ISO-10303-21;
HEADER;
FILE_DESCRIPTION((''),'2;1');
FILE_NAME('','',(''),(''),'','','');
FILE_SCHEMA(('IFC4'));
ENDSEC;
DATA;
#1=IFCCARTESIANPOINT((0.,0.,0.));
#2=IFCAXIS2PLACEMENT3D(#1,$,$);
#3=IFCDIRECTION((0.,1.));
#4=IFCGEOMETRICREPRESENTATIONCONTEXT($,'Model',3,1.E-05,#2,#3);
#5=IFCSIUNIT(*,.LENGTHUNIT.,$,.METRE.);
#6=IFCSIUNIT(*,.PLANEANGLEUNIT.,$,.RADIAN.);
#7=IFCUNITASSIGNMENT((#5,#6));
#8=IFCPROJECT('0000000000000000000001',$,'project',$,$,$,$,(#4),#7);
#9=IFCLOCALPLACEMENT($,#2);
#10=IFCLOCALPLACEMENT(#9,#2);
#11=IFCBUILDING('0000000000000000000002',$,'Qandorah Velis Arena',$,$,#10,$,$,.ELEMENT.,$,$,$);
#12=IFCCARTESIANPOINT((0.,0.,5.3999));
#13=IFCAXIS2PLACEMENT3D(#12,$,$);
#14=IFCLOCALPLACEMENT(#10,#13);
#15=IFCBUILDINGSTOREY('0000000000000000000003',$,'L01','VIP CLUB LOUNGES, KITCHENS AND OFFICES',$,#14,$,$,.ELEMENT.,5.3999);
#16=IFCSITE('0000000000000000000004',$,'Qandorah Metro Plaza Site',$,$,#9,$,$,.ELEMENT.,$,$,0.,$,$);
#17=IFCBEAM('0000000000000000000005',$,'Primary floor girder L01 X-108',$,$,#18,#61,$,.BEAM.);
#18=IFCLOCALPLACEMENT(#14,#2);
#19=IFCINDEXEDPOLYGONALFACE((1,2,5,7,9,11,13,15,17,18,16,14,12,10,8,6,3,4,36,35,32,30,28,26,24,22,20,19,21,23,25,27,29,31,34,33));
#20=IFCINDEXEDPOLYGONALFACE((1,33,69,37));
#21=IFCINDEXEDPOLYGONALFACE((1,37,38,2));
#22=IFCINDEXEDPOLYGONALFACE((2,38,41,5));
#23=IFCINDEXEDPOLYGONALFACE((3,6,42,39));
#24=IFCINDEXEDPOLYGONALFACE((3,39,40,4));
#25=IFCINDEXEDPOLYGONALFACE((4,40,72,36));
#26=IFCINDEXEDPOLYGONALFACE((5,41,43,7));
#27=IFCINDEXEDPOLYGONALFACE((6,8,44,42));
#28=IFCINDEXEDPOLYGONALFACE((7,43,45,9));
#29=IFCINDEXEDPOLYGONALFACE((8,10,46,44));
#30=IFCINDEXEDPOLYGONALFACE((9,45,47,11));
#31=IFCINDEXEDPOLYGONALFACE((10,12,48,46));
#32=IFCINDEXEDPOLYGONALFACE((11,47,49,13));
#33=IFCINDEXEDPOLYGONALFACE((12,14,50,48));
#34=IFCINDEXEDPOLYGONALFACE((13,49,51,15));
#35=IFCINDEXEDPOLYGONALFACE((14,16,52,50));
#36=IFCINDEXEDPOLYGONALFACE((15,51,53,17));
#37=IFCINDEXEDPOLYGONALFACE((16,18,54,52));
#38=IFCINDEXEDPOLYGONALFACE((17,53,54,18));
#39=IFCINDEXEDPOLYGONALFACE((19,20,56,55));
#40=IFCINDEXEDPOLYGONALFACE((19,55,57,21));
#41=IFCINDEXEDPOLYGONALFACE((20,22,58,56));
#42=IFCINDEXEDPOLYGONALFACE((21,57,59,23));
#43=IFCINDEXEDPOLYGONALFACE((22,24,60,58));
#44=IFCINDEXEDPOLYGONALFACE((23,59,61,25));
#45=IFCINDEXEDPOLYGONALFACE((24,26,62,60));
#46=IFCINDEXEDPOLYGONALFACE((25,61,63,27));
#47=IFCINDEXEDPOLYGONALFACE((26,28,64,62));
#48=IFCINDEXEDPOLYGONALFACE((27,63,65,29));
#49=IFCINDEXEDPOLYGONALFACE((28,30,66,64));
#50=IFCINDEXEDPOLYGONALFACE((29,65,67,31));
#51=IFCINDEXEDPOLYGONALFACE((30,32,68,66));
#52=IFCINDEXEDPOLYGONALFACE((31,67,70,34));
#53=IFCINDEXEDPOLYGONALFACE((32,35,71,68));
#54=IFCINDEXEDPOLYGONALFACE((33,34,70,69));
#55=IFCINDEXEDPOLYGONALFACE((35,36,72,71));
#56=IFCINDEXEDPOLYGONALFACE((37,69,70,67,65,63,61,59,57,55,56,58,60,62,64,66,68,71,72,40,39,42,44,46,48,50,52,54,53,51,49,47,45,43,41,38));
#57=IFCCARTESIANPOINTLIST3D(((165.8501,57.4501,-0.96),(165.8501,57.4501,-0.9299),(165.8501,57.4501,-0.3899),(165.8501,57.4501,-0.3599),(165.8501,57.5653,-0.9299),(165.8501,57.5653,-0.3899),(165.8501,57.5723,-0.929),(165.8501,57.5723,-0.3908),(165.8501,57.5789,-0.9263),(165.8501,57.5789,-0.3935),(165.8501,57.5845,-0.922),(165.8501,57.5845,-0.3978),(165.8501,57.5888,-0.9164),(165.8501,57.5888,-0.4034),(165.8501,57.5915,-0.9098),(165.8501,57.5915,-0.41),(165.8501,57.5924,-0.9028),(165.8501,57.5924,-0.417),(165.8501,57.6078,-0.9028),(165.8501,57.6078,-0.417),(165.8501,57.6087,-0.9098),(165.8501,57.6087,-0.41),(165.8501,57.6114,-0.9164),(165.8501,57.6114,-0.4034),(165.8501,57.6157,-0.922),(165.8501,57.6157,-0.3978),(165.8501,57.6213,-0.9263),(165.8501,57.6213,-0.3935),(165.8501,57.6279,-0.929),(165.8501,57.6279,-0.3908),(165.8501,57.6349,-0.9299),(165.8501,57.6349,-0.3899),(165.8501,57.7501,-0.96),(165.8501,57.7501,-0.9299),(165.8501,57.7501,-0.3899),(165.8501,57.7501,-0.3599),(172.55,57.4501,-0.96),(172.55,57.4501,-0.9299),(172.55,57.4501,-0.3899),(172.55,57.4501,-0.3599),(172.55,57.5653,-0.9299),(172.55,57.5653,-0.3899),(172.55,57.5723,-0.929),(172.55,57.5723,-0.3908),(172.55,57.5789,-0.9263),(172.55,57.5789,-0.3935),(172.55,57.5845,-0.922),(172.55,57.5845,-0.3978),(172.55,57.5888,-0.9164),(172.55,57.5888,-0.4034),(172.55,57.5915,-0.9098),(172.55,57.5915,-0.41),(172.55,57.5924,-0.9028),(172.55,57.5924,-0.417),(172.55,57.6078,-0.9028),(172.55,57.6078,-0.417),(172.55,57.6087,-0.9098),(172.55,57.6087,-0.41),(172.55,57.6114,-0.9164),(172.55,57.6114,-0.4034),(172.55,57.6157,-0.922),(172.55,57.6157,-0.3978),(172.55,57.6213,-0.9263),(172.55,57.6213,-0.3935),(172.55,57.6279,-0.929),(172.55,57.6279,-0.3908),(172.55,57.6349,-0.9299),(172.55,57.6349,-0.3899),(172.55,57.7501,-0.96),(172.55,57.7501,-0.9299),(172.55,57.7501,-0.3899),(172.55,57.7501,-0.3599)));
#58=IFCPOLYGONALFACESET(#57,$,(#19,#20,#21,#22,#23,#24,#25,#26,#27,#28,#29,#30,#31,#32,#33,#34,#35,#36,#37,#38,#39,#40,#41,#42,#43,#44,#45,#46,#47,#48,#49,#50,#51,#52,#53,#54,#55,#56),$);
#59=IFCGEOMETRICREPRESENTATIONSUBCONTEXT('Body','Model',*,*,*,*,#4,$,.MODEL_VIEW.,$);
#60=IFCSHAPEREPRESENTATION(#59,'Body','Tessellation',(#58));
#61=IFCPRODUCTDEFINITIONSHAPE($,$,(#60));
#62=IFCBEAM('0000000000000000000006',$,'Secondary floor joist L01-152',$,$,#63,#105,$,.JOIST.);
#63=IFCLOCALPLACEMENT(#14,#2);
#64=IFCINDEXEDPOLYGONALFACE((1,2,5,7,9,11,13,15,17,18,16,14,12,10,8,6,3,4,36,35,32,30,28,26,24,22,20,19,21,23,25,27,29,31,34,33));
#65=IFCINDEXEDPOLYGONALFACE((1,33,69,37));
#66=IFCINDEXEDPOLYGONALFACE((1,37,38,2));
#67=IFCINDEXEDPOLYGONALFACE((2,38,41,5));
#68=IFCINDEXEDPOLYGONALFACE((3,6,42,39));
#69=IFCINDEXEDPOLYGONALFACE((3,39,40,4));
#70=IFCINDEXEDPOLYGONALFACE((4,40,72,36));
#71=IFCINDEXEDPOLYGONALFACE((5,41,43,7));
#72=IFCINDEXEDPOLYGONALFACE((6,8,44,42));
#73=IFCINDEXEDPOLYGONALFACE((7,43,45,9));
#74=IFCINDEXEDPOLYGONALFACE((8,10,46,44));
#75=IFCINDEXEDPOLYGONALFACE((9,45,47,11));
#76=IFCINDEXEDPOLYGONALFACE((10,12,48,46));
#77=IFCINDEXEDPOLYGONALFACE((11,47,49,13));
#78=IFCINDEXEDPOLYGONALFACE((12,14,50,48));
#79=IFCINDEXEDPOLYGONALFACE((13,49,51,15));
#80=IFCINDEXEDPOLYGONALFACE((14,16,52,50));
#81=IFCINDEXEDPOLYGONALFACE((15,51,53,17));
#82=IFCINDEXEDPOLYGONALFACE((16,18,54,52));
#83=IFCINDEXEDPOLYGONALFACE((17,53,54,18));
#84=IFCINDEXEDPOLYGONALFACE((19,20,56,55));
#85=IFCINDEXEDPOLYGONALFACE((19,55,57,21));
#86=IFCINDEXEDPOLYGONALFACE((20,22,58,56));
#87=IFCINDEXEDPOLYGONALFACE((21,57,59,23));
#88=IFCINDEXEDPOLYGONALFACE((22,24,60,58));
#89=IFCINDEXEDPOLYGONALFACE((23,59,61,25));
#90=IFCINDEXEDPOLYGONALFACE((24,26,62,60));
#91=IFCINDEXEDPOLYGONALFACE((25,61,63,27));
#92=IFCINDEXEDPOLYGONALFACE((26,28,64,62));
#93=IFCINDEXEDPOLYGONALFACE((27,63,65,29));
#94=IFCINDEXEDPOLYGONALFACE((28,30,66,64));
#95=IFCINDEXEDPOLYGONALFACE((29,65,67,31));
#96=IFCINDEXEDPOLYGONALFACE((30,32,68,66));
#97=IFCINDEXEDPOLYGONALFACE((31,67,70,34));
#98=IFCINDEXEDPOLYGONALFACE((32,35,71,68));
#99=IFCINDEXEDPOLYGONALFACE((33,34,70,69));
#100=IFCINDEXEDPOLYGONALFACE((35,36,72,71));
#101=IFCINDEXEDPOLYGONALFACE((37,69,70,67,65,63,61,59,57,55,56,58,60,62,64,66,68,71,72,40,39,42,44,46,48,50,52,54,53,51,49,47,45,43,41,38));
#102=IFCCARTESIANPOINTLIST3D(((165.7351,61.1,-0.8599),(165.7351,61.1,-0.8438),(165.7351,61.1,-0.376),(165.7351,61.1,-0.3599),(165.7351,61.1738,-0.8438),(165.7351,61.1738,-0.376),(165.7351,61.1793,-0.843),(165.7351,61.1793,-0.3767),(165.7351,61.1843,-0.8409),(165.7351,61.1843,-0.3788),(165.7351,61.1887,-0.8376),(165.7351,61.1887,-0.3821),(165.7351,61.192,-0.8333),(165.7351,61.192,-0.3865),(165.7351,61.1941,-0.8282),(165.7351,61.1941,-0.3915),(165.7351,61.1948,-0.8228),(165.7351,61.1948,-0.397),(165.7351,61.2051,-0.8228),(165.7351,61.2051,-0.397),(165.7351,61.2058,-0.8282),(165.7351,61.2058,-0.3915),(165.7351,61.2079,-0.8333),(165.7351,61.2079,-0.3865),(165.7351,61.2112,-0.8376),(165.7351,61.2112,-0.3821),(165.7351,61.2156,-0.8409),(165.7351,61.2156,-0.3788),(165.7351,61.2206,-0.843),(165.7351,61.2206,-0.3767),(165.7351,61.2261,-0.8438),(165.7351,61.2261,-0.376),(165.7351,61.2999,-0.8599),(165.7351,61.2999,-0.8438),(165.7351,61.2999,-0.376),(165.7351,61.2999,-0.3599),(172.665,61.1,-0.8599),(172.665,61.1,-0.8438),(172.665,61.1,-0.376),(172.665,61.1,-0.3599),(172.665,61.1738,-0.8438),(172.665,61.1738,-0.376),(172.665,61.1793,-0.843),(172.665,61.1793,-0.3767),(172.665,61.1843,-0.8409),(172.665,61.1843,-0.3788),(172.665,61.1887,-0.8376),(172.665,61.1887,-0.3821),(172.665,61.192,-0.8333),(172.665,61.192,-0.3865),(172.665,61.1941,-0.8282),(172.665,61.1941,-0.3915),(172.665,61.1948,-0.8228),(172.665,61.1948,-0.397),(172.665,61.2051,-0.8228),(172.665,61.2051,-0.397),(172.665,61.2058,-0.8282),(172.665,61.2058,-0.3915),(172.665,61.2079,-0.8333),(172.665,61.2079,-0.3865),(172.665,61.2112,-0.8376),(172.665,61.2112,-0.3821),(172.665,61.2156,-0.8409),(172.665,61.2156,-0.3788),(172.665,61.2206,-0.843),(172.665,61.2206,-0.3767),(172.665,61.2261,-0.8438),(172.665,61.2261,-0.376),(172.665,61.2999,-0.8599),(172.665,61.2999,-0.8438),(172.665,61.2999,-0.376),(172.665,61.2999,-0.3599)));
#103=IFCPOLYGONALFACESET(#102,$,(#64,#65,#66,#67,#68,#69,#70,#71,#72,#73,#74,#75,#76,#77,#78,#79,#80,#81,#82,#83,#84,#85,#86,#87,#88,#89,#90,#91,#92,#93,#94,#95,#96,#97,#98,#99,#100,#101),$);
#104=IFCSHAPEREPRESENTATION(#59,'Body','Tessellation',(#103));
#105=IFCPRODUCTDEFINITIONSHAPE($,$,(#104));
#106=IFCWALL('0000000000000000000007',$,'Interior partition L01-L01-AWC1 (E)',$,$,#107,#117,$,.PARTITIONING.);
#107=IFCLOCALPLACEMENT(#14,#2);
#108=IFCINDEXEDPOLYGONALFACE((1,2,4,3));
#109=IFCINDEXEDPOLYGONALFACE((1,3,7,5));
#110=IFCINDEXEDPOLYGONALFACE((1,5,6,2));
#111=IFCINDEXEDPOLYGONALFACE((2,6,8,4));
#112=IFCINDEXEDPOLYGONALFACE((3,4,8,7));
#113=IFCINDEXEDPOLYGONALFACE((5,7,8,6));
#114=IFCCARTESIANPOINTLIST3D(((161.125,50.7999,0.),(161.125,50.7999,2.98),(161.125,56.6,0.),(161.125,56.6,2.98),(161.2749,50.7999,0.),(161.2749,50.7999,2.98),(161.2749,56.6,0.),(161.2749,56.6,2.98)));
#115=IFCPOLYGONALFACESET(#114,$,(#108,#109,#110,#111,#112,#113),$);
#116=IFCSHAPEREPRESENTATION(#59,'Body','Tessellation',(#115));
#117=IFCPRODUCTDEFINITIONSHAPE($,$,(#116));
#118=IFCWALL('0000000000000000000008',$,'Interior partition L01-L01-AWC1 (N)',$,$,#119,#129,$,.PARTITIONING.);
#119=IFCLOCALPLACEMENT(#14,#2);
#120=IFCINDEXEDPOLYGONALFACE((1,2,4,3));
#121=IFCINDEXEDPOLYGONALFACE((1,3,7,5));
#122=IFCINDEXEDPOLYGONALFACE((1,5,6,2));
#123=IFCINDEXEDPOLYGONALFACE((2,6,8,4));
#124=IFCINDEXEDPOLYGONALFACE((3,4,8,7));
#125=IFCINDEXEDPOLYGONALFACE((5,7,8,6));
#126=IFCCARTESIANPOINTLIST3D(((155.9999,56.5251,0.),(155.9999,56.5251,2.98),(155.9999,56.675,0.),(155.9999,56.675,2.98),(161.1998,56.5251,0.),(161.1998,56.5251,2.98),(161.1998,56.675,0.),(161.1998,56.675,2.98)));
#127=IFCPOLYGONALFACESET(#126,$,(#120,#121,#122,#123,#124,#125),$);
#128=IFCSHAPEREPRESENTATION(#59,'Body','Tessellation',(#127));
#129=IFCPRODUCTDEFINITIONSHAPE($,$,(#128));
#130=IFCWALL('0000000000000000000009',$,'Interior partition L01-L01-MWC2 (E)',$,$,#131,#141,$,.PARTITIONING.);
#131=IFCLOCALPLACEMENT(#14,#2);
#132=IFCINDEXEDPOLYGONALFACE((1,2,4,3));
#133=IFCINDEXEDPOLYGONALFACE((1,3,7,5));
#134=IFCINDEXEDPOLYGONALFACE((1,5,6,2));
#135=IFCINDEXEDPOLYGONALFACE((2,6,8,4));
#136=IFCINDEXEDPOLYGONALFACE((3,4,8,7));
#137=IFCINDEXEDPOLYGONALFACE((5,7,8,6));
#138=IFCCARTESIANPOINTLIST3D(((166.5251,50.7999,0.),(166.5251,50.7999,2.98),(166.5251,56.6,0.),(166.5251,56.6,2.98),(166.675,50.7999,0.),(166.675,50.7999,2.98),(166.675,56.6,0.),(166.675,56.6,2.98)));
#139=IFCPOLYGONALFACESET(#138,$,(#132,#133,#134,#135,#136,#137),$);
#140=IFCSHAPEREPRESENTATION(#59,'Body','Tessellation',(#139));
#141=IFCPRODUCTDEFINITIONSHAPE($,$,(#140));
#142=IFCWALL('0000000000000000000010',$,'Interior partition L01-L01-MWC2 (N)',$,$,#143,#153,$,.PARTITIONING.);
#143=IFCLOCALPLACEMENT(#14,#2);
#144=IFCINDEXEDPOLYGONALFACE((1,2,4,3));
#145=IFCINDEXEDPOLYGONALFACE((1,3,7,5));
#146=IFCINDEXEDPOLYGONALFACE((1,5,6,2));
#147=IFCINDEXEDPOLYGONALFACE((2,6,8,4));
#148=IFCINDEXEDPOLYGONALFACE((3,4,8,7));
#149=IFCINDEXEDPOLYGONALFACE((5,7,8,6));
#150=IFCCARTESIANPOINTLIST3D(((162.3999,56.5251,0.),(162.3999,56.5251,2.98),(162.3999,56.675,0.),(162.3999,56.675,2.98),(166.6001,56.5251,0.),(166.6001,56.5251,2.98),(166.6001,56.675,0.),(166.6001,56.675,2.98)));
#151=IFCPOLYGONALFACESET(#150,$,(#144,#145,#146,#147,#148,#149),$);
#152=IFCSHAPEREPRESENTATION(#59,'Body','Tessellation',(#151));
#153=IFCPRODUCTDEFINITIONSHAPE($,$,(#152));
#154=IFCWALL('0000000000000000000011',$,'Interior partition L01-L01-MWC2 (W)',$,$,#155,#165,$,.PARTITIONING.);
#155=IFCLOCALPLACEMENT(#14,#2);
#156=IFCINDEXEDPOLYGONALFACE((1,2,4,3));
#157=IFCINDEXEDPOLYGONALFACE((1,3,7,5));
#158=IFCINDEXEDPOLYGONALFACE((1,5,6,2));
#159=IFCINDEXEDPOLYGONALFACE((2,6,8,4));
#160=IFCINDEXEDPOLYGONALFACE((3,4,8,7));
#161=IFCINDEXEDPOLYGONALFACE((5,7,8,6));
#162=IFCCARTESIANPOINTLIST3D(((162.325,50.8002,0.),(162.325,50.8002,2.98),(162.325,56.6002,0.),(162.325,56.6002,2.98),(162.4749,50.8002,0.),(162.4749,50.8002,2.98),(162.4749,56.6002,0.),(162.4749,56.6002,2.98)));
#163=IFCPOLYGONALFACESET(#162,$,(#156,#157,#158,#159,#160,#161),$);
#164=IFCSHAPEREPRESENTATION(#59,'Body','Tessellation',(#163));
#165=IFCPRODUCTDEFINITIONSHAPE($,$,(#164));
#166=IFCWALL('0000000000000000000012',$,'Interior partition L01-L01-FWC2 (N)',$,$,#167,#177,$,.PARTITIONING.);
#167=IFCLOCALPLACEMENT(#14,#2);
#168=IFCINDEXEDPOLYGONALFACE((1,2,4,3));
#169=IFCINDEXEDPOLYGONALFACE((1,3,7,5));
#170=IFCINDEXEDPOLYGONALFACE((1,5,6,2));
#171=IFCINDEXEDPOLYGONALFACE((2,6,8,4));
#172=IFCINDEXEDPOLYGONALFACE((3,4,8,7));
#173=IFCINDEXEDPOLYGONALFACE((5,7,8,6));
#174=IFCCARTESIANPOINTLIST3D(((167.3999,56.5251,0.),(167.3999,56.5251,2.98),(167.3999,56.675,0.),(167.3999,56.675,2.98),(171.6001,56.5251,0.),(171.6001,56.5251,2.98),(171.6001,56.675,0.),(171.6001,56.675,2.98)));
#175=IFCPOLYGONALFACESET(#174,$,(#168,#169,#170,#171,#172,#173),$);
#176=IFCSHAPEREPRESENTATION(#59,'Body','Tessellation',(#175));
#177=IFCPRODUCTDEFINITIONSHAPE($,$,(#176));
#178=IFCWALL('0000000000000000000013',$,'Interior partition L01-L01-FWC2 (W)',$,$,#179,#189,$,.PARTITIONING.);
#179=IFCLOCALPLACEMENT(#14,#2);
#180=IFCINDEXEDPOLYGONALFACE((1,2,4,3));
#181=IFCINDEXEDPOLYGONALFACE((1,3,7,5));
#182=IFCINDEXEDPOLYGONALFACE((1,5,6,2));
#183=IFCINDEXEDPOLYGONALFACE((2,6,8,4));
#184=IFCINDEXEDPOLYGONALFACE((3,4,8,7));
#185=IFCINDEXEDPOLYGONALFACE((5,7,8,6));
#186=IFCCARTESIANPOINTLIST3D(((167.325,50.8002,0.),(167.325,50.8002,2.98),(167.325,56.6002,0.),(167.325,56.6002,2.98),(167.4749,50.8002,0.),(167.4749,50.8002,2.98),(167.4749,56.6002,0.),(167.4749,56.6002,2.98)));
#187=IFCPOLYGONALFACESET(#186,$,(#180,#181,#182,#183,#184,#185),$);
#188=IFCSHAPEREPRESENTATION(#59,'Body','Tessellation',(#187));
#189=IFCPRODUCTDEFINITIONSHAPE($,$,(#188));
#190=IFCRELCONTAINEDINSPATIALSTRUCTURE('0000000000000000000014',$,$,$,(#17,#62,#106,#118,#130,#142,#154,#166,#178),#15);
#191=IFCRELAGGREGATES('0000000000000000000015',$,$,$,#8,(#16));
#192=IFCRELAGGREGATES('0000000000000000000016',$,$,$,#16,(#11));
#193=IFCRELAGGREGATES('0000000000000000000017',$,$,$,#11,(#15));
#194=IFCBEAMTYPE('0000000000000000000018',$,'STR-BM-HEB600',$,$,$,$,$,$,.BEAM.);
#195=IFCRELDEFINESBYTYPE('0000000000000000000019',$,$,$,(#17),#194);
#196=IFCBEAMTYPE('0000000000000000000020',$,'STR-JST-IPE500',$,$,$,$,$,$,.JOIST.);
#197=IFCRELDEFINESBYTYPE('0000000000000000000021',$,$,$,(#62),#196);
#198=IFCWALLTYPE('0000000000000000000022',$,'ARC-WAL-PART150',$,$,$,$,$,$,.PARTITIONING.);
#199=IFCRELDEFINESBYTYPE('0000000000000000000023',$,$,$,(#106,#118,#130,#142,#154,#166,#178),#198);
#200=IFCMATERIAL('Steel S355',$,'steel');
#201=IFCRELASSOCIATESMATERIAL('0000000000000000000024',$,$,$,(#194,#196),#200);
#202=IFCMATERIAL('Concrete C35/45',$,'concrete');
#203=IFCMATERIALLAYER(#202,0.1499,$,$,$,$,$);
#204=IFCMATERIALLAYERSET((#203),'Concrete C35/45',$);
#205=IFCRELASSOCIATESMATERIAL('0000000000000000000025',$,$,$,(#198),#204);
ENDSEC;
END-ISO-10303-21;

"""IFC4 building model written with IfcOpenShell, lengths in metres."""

from ifc_helpers import new_model, si_unit, direction, frame, frame_2d, origin, origin_2d, place, context, subcontext, project, spatial, rectangle, i_section, extrude, material, layer, layer_set, material_profile, profile_set, type_object, element, save


model = new_model("IFC4")

# Units and contexts
model_context = context("Model", 3, precision=1e-05, world=origin(), true_north=direction((0.0, 1.0)))
body_context = subcontext(model_context, "Body", "Model", "MODEL_VIEW")
ifc_project = project(units=[si_unit("LENGTHUNIT", "METRE"), si_unit("PLANEANGLEUNIT", "RADIAN")], contexts=[model_context])

# Site, building, storey
site_placement = place(None, origin())
site = spatial("IfcSite", under=ifc_project, at=site_placement, Name="Qandorah Metro Plaza Site", CompositionType="ELEMENT", RefElevation=0.0)
building_placement = place(site_placement, origin())
building = spatial("IfcBuilding", under=site, at=building_placement, Name="Qandorah Velis Arena", CompositionType="ELEMENT")
storey_placement = place(building_placement, frame((0.0, 0.0, 5.3999)))
storey = spatial("IfcBuildingStorey", under=building, at=storey_placement, Name="L01", Description="VIP CLUB LOUNGES, KITCHENS AND OFFICES", CompositionType="ELEMENT", Elevation=5.3999)

# Beams
ifc_material_1 = material(Name="Steel S355", Category="steel")
ifc_material_profile_1 = material_profile(ifc_material_1, i_section(OverallWidth=0.3, OverallDepth=0.6001, WebThickness=0.0154, FlangeThickness=0.03, FilletRadius=0.0271, at=origin_2d()), Name="HEB 600")
ifc_profile_set_1 = profile_set([ifc_material_profile_1], Name="Steel S355")
beam_type_1 = type_object("IfcBeamType", Name="STR-BM-HEB600", PredefinedType="BEAM", material=ifc_profile_set_1)
beam_1_placement = place(storey_placement, frame((165.8501, 57.6001, -0.6599), z_axis=(1.0, 0.0, 0.0), x_axis=(0.0, 1.0, 0.0)))
element("IfcBeam", 1, at=beam_1_placement, inside=storey, type_object=beam_type_1, Name="Primary floor girder L01 X-108", PredefinedType="BEAM", context=body_context, shape_type="SweptSolid", body=[
    extrude(i_section(OverallWidth=0.3, OverallDepth=0.6001, WebThickness=0.0154, FlangeThickness=0.03, FilletRadius=0.0271, at=origin_2d()), origin(), (0.0, 0.0, 1.0), 6.7),
])
ifc_material_profile_2 = material_profile(ifc_material_1, i_section(OverallWidth=0.2, OverallDepth=0.5, WebThickness=0.0103, FlangeThickness=0.0161, FilletRadius=0.021, at=origin_2d()), Name="IPE 500")
ifc_profile_set_2 = profile_set([ifc_material_profile_2], Name="Steel S355")
beam_type_2 = type_object("IfcBeamType", Name="STR-JST-IPE500", PredefinedType="JOIST", material=ifc_profile_set_2)
beam_2_placement = place(storey_placement, frame((165.7351, 61.2, -0.6099), z_axis=(1.0, 0.0, 0.0), x_axis=(0.0, 1.0, 0.0)))
element("IfcBeam", 2, at=beam_2_placement, inside=storey, type_object=beam_type_2, Name="Secondary floor joist L01-152", PredefinedType="JOIST", context=body_context, shape_type="SweptSolid", body=[
    extrude(i_section(OverallWidth=0.2, OverallDepth=0.5, WebThickness=0.0103, FlangeThickness=0.0161, FilletRadius=0.021, at=origin_2d()), origin(), (0.0, 0.0, 1.0), 6.9299),
])

# Walls
ifc_material_2 = material(Name="Concrete C35/45", Category="concrete")
ifc_layer_1 = layer(ifc_material_2, 0.1499)
ifc_layer_set_1 = layer_set([ifc_layer_1], Name="Concrete C35/45")
wall_type_1 = type_object("IfcWallType", Name="ARC-WAL-PART150", PredefinedType="PARTITIONING", material=ifc_layer_set_1)
wall_1_placement = place(storey_placement, frame((161.2, 50.8, 0.0), z_axis=(0.0, 0.0, 1.0), x_axis=(0.0, 1.0, 0.0)))
element("IfcWall", 3, at=wall_1_placement, inside=storey, type_object=wall_type_1, Name="Interior partition L01-L01-AWC1 (E)", PredefinedType="PARTITIONING", context=body_context, shape_type="SweptSolid", body=[
    extrude(rectangle(XDim=5.8, YDim=0.1499, at=frame_2d((2.8999, 0.0))), origin(), (0.0, 0.0, 1.0), 2.98),
])
wall_2_placement = place(storey_placement, frame((161.2, 56.6001, 0.0), z_axis=(0.0, 0.0, 1.0), x_axis=(-1.0, 0.0, 0.0)))
element("IfcWall", 4, at=wall_2_placement, inside=storey, type_object=wall_type_1, Name="Interior partition L01-L01-AWC1 (N)", PredefinedType="PARTITIONING", context=body_context, shape_type="SweptSolid", body=[
    extrude(rectangle(XDim=5.2, YDim=0.1499, at=frame_2d((2.6001, 0.0))), origin(), (0.0, 0.0, 1.0), 2.98),
])

# Walls
wall_3_placement = place(storey_placement, frame((166.6001, 50.8, 0.0), z_axis=(0.0, 0.0, 1.0), x_axis=(0.0, 1.0, 0.0)))
element("IfcWall", 5, at=wall_3_placement, inside=storey, type_object=wall_type_1, Name="Interior partition L01-L01-MWC2 (E)", PredefinedType="PARTITIONING", context=body_context, shape_type="SweptSolid", body=[
    extrude(rectangle(XDim=5.8, YDim=0.1499, at=frame_2d((2.8999, 0.0))), origin(), (0.0, 0.0, 1.0), 2.98),
])
wall_4_placement = place(storey_placement, frame((166.6001, 56.6001, 0.0), z_axis=(0.0, 0.0, 1.0), x_axis=(-1.0, 0.0, 0.0)))
element("IfcWall", 6, at=wall_4_placement, inside=storey, type_object=wall_type_1, Name="Interior partition L01-L01-MWC2 (N)", PredefinedType="PARTITIONING", context=body_context, shape_type="SweptSolid", body=[
    extrude(rectangle(XDim=4.2002, YDim=0.1499, at=frame_2d((2.1001, 0.0))), origin(), (0.0, 0.0, 1.0), 2.98),
])
wall_5_placement = place(storey_placement, frame((162.3999, 56.6001, 0.0), z_axis=(0.0, 0.0, 1.0), x_axis=(0.0, -1.0, 0.0)))
element("IfcWall", 7, at=wall_5_placement, inside=storey, type_object=wall_type_1, Name="Interior partition L01-L01-MWC2 (W)", PredefinedType="PARTITIONING", context=body_context, shape_type="SweptSolid", body=[
    extrude(rectangle(XDim=5.8, YDim=0.1499, at=frame_2d((2.8999, 0.0))), origin(), (0.0, 0.0, 1.0), 2.98),
])

# Walls
wall_6_placement = place(storey_placement, frame((171.6001, 56.6001, 0.0), z_axis=(0.0, 0.0, 1.0), x_axis=(-1.0, 0.0, 0.0)))
element("IfcWall", 8, at=wall_6_placement, inside=storey, type_object=wall_type_1, Name="Interior partition L01-L01-FWC2 (N)", PredefinedType="PARTITIONING", context=body_context, shape_type="SweptSolid", body=[
    extrude(rectangle(XDim=4.2002, YDim=0.1499, at=frame_2d((2.1001, 0.0))), origin(), (0.0, 0.0, 1.0), 2.98),
])
wall_7_placement = place(storey_placement, frame((167.3999, 56.6001, 0.0), z_axis=(0.0, 0.0, 1.0), x_axis=(0.0, -1.0, 0.0)))
element("IfcWall", 9, at=wall_7_placement, inside=storey, type_object=wall_type_1, Name="Interior partition L01-L01-FWC2 (W)", PredefinedType="PARTITIONING", context=body_context, shape_type="SweptSolid", body=[
    extrude(rectangle(XDim=5.8, YDim=0.1499, at=frame_2d((2.8999, 0.0))), origin(), (0.0, 0.0, 1.0), 2.98),
])

save(model, "model.ifc")
